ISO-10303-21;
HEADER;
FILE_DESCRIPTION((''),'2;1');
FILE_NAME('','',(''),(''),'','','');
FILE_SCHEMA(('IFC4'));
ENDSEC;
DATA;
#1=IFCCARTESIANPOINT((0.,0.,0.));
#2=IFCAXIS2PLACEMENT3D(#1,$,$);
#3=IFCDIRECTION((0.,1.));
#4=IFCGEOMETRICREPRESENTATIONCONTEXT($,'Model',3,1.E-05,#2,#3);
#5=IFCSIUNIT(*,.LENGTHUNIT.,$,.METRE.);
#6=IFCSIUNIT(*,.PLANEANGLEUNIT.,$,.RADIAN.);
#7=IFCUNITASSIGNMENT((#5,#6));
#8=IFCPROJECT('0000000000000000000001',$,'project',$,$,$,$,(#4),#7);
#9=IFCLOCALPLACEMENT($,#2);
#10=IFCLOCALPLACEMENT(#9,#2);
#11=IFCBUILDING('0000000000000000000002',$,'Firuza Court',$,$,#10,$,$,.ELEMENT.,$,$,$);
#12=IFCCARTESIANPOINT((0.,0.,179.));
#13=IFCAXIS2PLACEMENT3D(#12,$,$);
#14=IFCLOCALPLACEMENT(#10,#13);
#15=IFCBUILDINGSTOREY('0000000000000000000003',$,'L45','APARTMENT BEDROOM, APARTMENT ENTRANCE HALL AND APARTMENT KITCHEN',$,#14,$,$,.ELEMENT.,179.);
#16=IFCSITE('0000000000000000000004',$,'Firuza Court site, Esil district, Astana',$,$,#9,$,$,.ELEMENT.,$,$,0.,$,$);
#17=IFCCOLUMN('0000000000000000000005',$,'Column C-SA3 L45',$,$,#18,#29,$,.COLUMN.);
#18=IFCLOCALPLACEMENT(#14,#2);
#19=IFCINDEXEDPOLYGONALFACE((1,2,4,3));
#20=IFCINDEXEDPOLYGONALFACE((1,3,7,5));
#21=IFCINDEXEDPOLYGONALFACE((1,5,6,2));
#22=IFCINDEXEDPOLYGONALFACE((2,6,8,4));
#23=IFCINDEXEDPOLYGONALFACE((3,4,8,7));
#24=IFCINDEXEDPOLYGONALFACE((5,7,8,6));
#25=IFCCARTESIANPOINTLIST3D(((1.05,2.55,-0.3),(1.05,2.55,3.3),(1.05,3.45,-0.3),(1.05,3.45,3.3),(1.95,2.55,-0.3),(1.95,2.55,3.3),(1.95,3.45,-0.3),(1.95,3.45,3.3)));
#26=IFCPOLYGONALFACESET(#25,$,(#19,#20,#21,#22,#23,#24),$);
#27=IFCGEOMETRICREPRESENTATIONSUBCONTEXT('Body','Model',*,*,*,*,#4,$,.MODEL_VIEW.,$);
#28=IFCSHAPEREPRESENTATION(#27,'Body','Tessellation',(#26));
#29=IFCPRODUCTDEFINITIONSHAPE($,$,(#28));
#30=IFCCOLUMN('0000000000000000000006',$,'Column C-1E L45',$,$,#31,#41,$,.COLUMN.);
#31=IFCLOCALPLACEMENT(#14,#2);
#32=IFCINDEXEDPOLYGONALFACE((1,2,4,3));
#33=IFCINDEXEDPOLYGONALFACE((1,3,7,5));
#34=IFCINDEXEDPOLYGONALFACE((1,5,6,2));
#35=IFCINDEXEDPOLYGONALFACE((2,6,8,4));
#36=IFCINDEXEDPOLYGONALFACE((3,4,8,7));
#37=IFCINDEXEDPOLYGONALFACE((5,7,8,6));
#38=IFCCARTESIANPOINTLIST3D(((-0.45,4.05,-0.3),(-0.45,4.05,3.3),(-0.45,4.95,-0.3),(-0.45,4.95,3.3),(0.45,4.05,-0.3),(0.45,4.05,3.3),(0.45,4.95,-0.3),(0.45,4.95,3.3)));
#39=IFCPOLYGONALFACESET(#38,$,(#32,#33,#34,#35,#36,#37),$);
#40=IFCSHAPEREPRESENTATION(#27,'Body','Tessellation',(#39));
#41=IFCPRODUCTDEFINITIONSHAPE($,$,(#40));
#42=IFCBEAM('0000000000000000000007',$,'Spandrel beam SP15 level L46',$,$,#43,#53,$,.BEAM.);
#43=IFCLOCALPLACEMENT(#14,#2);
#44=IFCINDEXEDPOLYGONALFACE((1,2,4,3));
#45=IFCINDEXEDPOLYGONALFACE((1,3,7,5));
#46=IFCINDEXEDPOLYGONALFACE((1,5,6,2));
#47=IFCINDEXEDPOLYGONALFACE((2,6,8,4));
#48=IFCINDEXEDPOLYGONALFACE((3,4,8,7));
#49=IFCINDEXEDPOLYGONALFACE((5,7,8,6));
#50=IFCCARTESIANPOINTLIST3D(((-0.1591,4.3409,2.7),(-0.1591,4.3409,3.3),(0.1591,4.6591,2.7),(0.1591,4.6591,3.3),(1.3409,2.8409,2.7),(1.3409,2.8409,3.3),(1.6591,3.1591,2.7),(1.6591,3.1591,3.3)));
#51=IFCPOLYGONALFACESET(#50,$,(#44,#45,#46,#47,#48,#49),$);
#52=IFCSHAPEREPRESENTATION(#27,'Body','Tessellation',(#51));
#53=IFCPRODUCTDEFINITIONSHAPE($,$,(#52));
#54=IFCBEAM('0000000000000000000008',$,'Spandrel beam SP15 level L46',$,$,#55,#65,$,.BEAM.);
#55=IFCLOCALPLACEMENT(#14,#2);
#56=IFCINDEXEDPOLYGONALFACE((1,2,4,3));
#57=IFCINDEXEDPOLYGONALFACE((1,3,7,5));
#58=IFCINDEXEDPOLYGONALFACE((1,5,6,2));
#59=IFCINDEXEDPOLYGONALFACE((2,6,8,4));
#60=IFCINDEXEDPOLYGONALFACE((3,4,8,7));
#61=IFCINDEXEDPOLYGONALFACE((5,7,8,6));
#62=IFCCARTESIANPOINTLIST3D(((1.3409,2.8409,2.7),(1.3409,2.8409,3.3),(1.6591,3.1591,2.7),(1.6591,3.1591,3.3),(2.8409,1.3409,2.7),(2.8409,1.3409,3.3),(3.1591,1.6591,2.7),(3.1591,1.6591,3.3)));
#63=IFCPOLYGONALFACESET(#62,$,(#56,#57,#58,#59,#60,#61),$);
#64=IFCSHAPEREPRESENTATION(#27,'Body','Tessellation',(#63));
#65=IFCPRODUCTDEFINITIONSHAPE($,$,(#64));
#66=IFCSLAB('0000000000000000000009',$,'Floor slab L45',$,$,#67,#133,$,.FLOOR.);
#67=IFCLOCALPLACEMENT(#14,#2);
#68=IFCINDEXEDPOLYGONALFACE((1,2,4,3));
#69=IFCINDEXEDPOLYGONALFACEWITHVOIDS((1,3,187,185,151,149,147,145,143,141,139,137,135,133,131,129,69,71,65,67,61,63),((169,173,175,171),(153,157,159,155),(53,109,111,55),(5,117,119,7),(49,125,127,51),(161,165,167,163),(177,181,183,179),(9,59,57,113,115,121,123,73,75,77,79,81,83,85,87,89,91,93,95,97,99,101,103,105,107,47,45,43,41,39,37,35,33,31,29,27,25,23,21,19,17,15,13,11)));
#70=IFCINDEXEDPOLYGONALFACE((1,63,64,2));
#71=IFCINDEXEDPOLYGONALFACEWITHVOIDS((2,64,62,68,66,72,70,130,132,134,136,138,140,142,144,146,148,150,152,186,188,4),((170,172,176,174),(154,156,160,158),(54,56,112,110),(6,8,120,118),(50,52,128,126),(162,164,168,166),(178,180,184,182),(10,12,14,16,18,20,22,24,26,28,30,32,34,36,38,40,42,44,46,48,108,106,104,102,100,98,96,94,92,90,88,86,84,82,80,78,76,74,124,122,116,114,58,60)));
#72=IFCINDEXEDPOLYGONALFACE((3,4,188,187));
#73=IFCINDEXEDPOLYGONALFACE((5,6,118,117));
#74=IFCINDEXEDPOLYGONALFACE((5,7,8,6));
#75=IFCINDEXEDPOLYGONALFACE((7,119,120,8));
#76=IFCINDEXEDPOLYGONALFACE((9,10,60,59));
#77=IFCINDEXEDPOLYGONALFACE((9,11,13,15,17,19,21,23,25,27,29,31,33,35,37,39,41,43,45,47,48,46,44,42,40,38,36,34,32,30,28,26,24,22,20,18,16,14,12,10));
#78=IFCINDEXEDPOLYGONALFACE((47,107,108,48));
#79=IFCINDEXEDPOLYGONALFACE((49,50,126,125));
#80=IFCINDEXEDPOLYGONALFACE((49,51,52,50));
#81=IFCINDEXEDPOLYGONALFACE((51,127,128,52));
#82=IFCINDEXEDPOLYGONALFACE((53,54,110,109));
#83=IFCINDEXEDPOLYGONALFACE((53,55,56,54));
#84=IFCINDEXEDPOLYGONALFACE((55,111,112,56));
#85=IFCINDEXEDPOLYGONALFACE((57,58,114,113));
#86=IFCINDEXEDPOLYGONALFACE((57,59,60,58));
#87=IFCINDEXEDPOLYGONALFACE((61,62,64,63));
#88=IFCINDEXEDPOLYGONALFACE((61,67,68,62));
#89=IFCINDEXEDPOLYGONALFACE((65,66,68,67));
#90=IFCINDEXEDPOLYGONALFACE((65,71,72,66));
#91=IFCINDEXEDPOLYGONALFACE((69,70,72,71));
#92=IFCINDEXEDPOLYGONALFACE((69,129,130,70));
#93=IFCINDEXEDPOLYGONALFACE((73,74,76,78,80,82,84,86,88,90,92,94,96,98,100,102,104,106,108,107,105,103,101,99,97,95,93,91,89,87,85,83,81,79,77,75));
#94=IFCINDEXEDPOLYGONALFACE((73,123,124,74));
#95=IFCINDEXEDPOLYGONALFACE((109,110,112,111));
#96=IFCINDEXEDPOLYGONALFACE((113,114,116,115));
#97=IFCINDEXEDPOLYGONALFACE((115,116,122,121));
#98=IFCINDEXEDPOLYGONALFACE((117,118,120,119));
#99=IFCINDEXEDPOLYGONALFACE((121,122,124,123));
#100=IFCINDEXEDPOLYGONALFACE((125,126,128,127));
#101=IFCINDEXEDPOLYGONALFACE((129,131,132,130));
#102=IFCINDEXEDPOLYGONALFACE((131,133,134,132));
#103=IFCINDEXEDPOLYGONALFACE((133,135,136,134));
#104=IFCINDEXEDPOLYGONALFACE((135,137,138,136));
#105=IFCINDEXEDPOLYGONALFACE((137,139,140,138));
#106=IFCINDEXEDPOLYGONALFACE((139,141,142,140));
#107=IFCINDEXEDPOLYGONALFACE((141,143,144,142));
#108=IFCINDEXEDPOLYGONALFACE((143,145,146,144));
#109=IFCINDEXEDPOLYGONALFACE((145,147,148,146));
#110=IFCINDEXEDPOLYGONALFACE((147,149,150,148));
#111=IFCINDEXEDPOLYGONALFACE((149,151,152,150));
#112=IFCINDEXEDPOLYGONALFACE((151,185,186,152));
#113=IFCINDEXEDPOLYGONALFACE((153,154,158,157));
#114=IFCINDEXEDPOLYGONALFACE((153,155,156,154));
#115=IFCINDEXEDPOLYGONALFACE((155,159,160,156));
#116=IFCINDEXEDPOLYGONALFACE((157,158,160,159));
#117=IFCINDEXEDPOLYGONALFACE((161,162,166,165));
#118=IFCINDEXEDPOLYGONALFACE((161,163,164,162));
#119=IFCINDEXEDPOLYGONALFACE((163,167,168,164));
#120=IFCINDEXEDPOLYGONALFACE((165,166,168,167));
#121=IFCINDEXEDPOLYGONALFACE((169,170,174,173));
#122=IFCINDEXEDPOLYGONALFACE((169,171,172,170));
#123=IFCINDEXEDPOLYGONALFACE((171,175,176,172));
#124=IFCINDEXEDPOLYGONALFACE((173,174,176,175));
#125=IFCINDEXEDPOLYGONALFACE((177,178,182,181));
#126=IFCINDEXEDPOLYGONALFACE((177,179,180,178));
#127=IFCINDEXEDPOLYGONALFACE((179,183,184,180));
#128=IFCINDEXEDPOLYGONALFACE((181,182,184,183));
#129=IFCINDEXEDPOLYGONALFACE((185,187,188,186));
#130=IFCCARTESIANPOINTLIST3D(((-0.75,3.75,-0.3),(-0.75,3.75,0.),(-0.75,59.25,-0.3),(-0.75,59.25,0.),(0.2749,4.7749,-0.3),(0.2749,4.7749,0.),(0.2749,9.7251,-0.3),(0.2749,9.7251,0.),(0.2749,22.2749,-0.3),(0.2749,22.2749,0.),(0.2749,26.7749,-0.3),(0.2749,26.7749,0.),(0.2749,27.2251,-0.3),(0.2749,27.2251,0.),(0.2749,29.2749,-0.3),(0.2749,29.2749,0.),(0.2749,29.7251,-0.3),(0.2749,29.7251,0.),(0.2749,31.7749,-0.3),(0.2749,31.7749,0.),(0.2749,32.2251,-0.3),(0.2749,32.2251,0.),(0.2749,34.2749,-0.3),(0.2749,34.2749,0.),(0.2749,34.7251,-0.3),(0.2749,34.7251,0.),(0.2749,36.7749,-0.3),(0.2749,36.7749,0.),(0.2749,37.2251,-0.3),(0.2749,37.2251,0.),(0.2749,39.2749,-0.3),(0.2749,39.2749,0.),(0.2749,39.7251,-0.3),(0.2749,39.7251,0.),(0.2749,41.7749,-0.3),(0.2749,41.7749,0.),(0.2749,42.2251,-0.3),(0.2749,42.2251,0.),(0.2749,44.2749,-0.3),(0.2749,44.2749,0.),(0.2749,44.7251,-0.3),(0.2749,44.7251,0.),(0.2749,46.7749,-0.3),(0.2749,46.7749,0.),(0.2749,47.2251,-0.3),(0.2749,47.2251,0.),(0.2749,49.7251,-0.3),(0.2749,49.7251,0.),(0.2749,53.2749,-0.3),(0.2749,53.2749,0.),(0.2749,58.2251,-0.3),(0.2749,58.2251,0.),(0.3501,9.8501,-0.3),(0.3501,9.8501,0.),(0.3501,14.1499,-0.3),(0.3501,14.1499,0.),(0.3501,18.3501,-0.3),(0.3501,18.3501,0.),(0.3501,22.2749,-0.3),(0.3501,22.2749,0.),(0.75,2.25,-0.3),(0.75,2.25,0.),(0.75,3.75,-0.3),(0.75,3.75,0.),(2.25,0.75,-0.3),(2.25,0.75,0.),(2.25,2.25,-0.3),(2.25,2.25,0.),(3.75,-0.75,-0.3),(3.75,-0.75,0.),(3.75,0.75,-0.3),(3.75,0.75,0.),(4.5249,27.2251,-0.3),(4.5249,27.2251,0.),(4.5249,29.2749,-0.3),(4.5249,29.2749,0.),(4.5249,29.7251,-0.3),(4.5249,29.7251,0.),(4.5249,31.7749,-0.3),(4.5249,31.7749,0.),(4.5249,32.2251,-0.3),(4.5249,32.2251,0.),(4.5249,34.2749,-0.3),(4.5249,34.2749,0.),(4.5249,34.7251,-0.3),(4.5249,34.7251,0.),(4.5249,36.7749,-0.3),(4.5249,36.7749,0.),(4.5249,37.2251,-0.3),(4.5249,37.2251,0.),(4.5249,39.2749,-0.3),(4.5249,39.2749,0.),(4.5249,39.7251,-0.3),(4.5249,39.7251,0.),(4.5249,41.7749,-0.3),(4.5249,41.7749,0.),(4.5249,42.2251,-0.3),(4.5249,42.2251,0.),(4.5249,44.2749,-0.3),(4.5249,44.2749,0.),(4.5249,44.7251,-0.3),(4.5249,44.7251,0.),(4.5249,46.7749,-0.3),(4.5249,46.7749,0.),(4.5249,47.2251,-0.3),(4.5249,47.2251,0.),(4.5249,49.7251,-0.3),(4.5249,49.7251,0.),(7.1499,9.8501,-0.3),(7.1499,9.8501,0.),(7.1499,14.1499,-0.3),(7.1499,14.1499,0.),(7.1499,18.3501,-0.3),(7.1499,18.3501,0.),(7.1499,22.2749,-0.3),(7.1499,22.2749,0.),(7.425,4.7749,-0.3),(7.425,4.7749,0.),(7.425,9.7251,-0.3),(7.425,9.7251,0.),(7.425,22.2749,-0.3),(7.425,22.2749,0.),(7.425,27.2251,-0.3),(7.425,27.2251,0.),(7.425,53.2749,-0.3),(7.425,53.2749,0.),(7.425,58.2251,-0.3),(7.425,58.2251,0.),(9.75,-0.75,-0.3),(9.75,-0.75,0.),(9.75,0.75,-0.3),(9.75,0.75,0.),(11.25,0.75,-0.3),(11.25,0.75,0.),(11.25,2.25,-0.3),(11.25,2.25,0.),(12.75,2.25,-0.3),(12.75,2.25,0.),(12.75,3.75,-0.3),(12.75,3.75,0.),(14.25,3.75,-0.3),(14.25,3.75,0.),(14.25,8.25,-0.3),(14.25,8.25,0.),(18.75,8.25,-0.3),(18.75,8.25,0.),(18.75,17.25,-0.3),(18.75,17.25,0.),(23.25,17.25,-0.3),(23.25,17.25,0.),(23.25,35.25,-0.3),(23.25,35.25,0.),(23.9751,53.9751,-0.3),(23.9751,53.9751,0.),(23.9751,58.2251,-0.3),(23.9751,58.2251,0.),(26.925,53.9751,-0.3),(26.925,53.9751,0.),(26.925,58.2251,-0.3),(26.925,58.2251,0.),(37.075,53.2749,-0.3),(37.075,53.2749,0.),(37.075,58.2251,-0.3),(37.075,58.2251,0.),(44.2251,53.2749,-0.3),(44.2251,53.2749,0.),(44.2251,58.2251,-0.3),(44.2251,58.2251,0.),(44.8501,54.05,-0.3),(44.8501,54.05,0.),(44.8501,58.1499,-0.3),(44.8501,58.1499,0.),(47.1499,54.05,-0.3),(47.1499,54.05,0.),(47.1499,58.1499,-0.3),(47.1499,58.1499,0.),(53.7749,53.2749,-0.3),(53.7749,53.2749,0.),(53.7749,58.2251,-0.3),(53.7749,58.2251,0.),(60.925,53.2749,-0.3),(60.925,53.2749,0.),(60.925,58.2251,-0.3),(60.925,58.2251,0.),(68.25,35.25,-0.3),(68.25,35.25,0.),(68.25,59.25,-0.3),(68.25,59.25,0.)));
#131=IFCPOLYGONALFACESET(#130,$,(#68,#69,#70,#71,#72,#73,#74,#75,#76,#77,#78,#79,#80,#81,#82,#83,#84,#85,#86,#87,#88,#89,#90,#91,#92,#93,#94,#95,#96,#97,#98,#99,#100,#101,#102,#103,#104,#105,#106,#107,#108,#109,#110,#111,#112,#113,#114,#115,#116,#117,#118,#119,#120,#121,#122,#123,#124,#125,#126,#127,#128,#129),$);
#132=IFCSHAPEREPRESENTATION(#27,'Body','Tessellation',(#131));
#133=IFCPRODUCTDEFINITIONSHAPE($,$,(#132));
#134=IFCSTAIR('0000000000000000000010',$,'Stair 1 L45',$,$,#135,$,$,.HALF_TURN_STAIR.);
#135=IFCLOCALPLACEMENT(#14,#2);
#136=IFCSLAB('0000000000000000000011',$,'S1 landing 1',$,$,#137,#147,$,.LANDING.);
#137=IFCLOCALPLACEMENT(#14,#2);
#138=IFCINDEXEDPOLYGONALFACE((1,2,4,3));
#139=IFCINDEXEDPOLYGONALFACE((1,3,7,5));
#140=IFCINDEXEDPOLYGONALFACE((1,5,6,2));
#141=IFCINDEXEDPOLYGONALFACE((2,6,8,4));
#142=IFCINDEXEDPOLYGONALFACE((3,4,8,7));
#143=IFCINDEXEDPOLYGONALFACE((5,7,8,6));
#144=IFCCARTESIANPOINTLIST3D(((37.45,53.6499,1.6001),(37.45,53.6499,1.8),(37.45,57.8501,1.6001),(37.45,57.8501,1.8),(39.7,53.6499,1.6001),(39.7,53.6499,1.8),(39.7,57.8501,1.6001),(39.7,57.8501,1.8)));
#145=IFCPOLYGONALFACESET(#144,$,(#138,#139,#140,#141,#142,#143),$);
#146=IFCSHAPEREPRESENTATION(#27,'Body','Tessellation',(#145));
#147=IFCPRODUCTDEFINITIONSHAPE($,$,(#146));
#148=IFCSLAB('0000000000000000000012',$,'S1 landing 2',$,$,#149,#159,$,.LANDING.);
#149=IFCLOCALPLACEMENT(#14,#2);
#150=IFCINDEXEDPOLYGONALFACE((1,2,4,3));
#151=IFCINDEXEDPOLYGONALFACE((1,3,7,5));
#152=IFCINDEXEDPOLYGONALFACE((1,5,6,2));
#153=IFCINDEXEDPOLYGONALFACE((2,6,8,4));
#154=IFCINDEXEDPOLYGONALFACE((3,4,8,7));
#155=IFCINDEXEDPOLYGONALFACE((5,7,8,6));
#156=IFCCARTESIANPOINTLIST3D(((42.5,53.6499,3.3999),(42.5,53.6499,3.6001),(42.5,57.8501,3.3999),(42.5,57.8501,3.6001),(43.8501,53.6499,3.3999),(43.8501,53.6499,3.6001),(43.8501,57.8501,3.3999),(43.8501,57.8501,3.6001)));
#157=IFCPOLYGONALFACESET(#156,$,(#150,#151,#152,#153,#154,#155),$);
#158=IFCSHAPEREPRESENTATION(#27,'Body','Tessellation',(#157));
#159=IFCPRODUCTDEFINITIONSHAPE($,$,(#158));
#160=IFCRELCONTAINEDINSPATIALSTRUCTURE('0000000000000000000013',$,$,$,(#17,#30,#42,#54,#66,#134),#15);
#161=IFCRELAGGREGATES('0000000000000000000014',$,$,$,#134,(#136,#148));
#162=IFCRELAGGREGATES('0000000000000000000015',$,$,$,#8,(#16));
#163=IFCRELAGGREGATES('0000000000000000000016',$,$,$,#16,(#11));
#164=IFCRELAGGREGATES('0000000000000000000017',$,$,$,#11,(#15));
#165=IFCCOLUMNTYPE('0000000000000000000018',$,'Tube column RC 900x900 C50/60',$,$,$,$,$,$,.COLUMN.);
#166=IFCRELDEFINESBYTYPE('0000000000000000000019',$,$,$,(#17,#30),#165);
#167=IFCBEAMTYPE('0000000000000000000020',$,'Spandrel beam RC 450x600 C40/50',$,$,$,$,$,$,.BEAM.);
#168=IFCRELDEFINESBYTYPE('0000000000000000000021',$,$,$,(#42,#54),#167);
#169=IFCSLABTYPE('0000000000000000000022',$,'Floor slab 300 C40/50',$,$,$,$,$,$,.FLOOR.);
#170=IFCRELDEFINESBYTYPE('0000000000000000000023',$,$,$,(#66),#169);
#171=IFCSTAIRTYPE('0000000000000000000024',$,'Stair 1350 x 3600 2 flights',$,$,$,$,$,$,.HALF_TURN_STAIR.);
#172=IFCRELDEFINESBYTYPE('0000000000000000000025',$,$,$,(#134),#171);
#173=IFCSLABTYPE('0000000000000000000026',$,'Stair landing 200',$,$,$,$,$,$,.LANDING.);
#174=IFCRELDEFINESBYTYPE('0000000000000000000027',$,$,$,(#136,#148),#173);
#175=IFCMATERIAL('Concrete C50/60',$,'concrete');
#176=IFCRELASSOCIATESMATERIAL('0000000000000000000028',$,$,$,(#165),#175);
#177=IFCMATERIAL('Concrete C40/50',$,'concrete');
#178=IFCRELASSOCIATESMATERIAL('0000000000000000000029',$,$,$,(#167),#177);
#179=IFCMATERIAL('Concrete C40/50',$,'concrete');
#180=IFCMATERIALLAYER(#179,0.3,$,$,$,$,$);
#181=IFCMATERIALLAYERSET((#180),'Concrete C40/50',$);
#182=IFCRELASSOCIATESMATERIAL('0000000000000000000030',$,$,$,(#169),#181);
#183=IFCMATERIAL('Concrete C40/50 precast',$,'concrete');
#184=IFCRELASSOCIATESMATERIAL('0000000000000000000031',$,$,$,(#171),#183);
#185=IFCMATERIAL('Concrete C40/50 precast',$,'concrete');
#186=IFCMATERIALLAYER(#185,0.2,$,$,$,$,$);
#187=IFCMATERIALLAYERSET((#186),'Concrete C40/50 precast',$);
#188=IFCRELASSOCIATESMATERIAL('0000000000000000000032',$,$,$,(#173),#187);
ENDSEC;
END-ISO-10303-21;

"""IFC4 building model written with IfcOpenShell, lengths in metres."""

from ifc_helpers import new_model, si_unit, direction, frame, origin, origin_2d, place, context, subcontext, project, spatial, polyline, rectangle, outline, extrude, material, layer, layer_set, material_profile, profile_set, type_object, element, aggregate, save


model = new_model("IFC4")

# Units and contexts
model_context = context("Model", 3, precision=1e-05, world=origin(), true_north=direction((0.0, 1.0)))
body_context = subcontext(model_context, "Body", "Model", "MODEL_VIEW")
ifc_project = project(units=[si_unit("LENGTHUNIT", "METRE"), si_unit("PLANEANGLEUNIT", "RADIAN")], contexts=[model_context])

# Site, building, storey
site_placement = place(None, origin())
site = spatial("IfcSite", under=ifc_project, at=site_placement, Name="Firuza Court site, Esil district, Astana", CompositionType="ELEMENT", RefElevation=0.0)
building_placement = place(site_placement, origin())
building = spatial("IfcBuilding", under=site, at=building_placement, Name="Firuza Court", CompositionType="ELEMENT")
storey_placement = place(building_placement, frame((0.0, 0.0, 179.0)))
storey = spatial("IfcBuildingStorey", under=building, at=storey_placement, Name="L45", Description="APARTMENT BEDROOM, APARTMENT ENTRANCE HALL AND APARTMENT KITCHEN", CompositionType="ELEMENT", Elevation=179.0)

# Columns
ifc_material_1 = material(Name="Concrete C50/60", Category="concrete")
ifc_material_profile_1 = material_profile(ifc_material_1, rectangle(XDim=0.8999, YDim=0.8999, at=origin_2d()), Name="RC 900x900")
ifc_profile_set_1 = profile_set([ifc_material_profile_1], Name="Concrete C50/60")
column_type = type_object("IfcColumnType", Name="Tube column RC 900x900 C50/60", PredefinedType="COLUMN", material=ifc_profile_set_1)
for number, where, z_axis, x_axis, name in (
    (1, (1.5, 3.0, -0.3), (0.0, 0.0, 1.0), (1.0, 0.0, 0.0), "Column C-SA3 L45"),
    (2, (0.0, 4.5, -0.3), (0.0, 0.0, 1.0), (1.0, 0.0, 0.0), "Column C-1E L45"),
):
    element("IfcColumn", number, at=place(storey_placement, frame(where, z_axis=z_axis, x_axis=x_axis)), inside=storey, type_object=column_type, Name=name, PredefinedType="COLUMN", context=body_context, shape_type="SweptSolid", body=[
        extrude(rectangle(XDim=0.8999, YDim=0.8999, at=origin_2d()), origin(), (0.0, 0.0, 1.0), 3.6001),
    ])

# Beams
ifc_material_2 = material(Name="Concrete C40/50", Category="concrete")
ifc_material_profile_2 = material_profile(ifc_material_2, rectangle(XDim=0.45, YDim=0.6001, at=origin_2d()), Name="RC 450x600")
ifc_profile_set_2 = profile_set([ifc_material_profile_2], Name="Concrete C40/50")
beam_type = type_object("IfcBeamType", Name="Spandrel beam RC 450x600 C40/50", PredefinedType="BEAM", material=ifc_profile_set_2)
for number, where, z_axis, x_axis, name in (
    (3, (0.0, 4.5, 3.0), (0.707107, -0.707107, 0.0), (0.707107, 0.707107, 0.0), "Spandrel beam SP15 level L46"),
    (4, (1.5, 3.0, 3.0), (0.707107, -0.707107, 0.0), (0.707107, 0.707107, 0.0), "Spandrel beam SP15 level L46"),
):
    element("IfcBeam", number, at=place(storey_placement, frame(where, z_axis=z_axis, x_axis=x_axis)), inside=storey, type_object=beam_type, Name=name, PredefinedType="BEAM", context=body_context, shape_type="SweptSolid", body=[
        extrude(rectangle(XDim=0.45, YDim=0.6001, at=origin_2d()), origin(), (0.0, 0.0, 1.0), 2.1213),
    ])

# Slab
ifc_material_3 = material(Name="Concrete C40/50", Category="concrete")
ifc_layer_1 = layer(ifc_material_3, 0.3)
ifc_layer_set_1 = layer_set([ifc_layer_1], Name="Concrete C40/50")
slab_type_1 = type_object("IfcSlabType", Name="Floor slab 300 C40/50", PredefinedType="FLOOR", material=ifc_layer_set_1)
slab_1_placement = place(storey_placement, frame((0.0, 0.0, -0.3)))
element("IfcSlab", 5, at=slab_1_placement, inside=storey, type_object=slab_type_1, Name="Floor slab L45", PredefinedType="FLOOR", context=body_context, shape_type="SweptSolid", body=[
    extrude(outline(polyline([(3.75, -0.75), (3.75, 0.75), (2.25, 0.75), (2.25, 2.25), (0.75, 2.25), (0.75, 3.75), (-0.75, 3.75), (-0.75, 59.25), (68.25, 59.25), (68.25, 35.25), (23.25, 35.25), (23.25, 17.25), (18.75, 17.25), (18.75, 8.25), (14.25, 8.25), (14.25, 3.75), (12.75, 3.75), (12.75, 2.25), (11.25, 2.25), (11.25, 0.75), (9.75, 0.75), (9.75, -0.75), (3.75, -0.75)]), holes=[polyline([(0.2749, 29.7251), (0.2749, 29.2749), (0.2749, 27.2251), (0.2749, 26.7749), (0.2749, 22.2749), (0.3501, 22.2749), (0.3501, 18.3501), (7.1499, 18.3501), (7.1499, 22.2749), (7.425, 22.2749), (7.425, 27.2251), (4.5249, 27.2251), (4.5249, 29.2749), (4.5249, 29.7251), (4.5249, 31.7749), (4.5249, 32.2251), (4.5249, 34.2749), (4.5249, 34.7251), (4.5249, 36.7749), (4.5249, 37.2251), (4.5249, 39.2749), (4.5249, 39.7251), (4.5249, 41.7749), (4.5249, 42.2251), (4.5249, 44.2749), (4.5249, 44.7251), (4.5249, 46.7749), (4.5249, 47.2251), (4.5249, 49.7251), (0.2749, 49.7251), (0.2749, 47.2251), (0.2749, 46.7749), (0.2749, 44.7251), (0.2749, 44.2749), (0.2749, 42.2251), (0.2749, 41.7749), (0.2749, 39.7251), (0.2749, 39.2749), (0.2749, 37.2251), (0.2749, 36.7749), (0.2749, 34.7251), (0.2749, 34.2749), (0.2749, 32.2251), (0.2749, 31.7749), (0.2749, 29.7251)]), polyline([(7.425, 9.7251), (0.2749, 9.7251), (0.2749, 4.7749), (7.425, 4.7749), (7.425, 9.7251)]), polyline([(7.1499, 14.1499), (0.3501, 14.1499), (0.3501, 9.8501), (7.1499, 9.8501), (7.1499, 14.1499)]), polyline([(7.425, 58.2251), (0.2749, 58.2251), (0.2749, 53.2749), (7.425, 53.2749), (7.425, 58.2251)]), polyline([(44.2251, 58.2251), (37.075, 58.2251), (37.075, 53.2749), (44.2251, 53.2749), (44.2251, 58.2251)]), polyline([(60.925, 58.2251), (53.7749, 58.2251), (53.7749, 53.2749), (60.925, 53.2749), (60.925, 58.2251)]), polyline([(26.925, 53.9751), (26.925, 58.2251), (23.9751, 58.2251), (23.9751, 53.9751), (26.925, 53.9751)]), polyline([(47.1499, 54.05), (47.1499, 58.1499), (44.8501, 58.1499), (44.8501, 54.05), (47.1499, 54.05)])]), origin(), (0.0, 0.0, 1.0), 0.3),
])

# Stair, slabs
ifc_material_4 = material(Name="Concrete C40/50 precast", Category="concrete")
stair_type = type_object("IfcStairType", Name="Stair 1350 x 3600 2 flights", PredefinedType="HALF_TURN_STAIR", material=ifc_material_4)
stair_1_placement = place(storey_placement, origin())
stair_1 = element("IfcStair", 6, at=stair_1_placement, inside=storey, type_object=stair_type, Name="Stair 1 L45", PredefinedType="HALF_TURN_STAIR")
ifc_material_5 = material(Name="Concrete C40/50 precast", Category="concrete")
ifc_layer_2 = layer(ifc_material_5, 0.2)
ifc_layer_set_2 = layer_set([ifc_layer_2], Name="Concrete C40/50 precast")
slab_type_2 = type_object("IfcSlabType", Name="Stair landing 200", PredefinedType="LANDING", material=ifc_layer_set_2)
slab_2_placement = place(storey_placement, frame((0.0, 0.0, 1.6001)))
slab_2 = element("IfcSlab", 7, at=slab_2_placement, type_object=slab_type_2, Name="S1 landing 1", PredefinedType="LANDING", context=body_context, shape_type="SweptSolid", body=[
    extrude(outline(polyline([(39.7, 53.6499), (39.7, 57.8501), (37.45, 57.8501), (37.45, 53.6499), (39.7, 53.6499)])), origin(), (0.0, 0.0, 1.0), 0.2),
])
slab_3_placement = place(storey_placement, frame((0.0, 0.0, 3.3999)))
slab_3 = element("IfcSlab", 8, at=slab_3_placement, type_object=slab_type_2, Name="S1 landing 2", PredefinedType="LANDING", context=body_context, shape_type="SweptSolid", body=[
    extrude(outline(polyline([(43.8501, 53.6499), (43.8501, 57.8501), (42.5, 57.8501), (42.5, 53.6499), (43.8501, 53.6499)])), origin(), (0.0, 0.0, 1.0), 0.2002),
])
aggregate(stair_1, [slab_2, slab_3])

save(model, "model.ifc")
